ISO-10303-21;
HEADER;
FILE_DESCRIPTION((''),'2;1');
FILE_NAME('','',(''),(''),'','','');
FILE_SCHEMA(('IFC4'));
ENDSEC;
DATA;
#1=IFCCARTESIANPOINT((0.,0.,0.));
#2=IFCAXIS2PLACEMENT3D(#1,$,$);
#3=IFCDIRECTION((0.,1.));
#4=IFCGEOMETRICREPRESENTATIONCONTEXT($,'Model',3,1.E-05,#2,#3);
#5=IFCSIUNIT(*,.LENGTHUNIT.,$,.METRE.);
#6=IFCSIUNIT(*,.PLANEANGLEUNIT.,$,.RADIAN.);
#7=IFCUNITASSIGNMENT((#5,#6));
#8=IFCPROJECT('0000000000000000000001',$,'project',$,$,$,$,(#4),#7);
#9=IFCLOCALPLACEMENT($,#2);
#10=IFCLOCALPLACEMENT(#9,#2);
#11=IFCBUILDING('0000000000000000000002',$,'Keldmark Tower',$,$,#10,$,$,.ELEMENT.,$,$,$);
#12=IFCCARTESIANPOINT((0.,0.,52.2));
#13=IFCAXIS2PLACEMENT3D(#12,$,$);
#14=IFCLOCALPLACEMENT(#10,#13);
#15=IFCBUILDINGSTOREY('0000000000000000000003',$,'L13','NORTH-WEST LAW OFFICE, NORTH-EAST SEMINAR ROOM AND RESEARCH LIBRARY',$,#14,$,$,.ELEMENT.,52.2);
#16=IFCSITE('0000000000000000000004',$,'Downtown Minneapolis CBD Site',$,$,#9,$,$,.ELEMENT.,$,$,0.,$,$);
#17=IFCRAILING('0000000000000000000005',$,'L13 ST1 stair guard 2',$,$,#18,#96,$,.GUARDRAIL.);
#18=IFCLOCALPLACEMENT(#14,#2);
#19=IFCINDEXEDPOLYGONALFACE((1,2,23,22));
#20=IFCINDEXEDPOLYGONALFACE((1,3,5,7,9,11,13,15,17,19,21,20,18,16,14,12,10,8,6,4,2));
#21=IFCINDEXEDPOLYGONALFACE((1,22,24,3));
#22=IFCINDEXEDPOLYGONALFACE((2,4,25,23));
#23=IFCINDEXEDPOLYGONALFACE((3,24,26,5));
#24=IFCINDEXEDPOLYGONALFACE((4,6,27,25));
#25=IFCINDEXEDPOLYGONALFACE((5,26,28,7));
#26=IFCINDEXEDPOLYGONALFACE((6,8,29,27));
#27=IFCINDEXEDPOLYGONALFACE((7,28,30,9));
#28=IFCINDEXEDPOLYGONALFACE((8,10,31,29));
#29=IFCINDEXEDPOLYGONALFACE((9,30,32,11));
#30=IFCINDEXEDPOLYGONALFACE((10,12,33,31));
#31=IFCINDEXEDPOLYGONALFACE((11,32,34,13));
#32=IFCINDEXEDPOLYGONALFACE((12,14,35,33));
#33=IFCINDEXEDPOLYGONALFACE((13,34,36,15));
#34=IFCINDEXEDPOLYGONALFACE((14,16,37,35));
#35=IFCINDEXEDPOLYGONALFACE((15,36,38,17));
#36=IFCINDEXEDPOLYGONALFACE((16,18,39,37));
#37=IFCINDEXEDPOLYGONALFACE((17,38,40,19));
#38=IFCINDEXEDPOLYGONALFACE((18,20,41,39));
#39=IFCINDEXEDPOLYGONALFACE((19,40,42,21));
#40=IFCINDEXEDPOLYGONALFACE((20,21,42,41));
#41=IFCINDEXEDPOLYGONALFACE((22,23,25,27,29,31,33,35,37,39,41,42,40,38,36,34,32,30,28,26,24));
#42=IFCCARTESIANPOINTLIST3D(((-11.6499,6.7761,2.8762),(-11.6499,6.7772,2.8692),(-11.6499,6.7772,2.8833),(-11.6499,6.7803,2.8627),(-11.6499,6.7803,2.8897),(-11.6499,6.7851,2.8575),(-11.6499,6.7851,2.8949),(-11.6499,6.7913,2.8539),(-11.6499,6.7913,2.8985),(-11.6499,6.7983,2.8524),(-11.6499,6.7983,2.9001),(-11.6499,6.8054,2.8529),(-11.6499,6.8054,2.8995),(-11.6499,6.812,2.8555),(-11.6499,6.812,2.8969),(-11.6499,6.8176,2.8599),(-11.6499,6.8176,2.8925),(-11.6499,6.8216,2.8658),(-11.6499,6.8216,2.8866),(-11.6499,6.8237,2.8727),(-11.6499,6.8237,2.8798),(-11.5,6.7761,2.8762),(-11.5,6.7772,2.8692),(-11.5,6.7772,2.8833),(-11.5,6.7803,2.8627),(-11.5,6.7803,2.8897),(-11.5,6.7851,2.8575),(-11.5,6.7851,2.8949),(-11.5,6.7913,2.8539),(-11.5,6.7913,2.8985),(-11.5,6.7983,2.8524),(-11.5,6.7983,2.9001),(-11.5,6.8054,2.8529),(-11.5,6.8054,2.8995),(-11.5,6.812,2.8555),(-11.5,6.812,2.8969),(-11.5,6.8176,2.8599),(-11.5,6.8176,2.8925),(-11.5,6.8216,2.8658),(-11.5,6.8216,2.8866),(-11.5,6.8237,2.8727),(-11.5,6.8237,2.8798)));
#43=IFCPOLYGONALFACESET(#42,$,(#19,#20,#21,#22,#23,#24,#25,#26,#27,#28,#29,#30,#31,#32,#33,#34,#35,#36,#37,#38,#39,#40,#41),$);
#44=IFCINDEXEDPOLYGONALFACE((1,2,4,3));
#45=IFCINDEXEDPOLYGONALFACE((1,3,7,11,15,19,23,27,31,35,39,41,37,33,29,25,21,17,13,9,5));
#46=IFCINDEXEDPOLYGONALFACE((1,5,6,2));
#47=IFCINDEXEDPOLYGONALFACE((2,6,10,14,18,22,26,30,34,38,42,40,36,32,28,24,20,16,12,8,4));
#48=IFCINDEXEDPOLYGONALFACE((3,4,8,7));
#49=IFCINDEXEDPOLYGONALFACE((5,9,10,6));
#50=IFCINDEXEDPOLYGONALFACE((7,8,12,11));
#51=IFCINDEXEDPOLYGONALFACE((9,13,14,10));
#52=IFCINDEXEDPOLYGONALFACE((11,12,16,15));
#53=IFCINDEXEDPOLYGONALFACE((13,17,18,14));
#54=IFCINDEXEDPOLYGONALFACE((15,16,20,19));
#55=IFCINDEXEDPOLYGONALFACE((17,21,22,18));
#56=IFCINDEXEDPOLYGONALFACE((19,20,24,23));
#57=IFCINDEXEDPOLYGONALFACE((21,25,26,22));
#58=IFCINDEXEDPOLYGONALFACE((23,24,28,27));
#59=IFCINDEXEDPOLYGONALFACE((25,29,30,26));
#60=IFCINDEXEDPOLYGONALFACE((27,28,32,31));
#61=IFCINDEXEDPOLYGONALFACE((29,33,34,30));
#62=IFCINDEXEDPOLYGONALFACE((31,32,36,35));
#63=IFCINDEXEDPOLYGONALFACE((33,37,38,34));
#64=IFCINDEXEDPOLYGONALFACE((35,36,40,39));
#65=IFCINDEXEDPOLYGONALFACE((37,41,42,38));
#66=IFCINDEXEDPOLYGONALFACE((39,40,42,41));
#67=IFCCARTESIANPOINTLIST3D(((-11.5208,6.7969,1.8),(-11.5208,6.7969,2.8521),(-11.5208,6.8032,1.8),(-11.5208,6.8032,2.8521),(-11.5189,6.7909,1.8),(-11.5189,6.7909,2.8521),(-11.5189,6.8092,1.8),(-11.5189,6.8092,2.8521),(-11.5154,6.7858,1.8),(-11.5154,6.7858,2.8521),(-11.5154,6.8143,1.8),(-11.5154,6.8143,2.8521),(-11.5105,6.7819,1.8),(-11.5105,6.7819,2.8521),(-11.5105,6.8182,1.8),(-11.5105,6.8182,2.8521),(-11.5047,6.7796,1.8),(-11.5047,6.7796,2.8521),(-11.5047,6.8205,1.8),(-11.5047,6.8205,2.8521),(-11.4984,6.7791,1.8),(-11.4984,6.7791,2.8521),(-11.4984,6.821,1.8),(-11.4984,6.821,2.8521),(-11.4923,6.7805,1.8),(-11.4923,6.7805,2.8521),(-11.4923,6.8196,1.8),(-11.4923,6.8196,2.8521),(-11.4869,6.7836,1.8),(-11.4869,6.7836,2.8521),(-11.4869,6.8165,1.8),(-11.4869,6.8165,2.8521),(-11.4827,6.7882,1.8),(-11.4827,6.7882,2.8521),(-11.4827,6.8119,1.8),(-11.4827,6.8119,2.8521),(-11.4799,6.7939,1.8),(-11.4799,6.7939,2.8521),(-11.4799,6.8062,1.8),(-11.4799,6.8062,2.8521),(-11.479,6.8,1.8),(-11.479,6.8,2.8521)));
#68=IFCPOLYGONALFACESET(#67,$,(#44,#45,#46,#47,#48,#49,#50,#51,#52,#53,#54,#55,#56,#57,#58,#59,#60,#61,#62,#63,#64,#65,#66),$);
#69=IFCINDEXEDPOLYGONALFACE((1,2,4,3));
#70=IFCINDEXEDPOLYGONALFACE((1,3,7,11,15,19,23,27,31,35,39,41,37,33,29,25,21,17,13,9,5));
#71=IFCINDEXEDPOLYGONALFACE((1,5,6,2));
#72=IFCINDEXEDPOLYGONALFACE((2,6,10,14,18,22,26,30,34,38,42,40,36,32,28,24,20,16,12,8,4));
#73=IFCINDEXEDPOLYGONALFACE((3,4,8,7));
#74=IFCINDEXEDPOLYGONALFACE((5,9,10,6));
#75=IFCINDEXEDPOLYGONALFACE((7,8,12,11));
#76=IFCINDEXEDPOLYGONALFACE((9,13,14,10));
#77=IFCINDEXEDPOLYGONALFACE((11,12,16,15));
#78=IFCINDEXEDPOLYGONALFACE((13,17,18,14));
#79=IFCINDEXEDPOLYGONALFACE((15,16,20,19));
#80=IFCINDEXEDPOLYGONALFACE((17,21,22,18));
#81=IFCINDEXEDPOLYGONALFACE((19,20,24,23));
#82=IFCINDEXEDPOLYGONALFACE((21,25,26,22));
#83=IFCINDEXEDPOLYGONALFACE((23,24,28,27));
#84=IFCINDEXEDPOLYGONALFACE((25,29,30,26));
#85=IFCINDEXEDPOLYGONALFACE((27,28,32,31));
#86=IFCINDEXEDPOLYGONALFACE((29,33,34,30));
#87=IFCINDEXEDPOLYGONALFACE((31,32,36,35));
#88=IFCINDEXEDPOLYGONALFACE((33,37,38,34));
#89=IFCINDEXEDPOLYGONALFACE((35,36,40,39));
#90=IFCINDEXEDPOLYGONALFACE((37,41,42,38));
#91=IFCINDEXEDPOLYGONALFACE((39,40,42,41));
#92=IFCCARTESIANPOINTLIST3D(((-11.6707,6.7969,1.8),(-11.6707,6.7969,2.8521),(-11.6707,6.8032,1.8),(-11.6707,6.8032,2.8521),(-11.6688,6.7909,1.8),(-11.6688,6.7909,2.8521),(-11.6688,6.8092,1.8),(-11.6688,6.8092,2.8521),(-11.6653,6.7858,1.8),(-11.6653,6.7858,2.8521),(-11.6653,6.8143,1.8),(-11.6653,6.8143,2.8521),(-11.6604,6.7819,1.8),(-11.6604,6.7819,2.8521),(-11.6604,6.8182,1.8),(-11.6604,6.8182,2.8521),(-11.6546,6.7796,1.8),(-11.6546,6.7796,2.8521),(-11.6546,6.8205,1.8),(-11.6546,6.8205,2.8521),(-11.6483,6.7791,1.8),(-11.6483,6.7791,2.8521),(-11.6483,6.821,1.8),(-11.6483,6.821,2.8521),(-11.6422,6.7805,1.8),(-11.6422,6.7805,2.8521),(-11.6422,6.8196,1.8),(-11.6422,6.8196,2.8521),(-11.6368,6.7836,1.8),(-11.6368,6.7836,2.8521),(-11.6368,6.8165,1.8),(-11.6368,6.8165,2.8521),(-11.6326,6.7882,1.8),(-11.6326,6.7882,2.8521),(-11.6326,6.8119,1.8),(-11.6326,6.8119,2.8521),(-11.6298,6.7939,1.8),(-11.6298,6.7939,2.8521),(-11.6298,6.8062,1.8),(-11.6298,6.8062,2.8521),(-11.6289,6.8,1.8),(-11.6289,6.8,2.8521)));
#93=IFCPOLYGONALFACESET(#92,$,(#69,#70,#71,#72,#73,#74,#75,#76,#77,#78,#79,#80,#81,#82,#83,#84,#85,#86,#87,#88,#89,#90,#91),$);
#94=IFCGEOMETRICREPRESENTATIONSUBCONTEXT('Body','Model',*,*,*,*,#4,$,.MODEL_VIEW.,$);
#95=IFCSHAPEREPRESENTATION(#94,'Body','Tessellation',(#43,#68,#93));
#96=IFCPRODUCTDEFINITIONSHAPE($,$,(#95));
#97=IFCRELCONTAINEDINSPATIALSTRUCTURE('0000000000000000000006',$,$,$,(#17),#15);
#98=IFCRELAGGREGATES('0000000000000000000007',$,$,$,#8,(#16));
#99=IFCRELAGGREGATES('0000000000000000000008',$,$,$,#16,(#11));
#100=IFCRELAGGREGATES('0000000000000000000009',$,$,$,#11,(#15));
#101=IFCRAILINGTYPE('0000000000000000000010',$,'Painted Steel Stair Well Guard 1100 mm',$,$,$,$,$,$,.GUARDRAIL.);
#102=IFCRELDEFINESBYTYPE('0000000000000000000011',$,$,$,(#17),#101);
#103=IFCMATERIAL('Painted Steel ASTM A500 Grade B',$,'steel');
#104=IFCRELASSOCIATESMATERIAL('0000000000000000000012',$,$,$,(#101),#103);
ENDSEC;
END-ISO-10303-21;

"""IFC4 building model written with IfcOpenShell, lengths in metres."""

from ifc_helpers import new_model, si_unit, direction, frame, origin, origin_2d, place, context, subcontext, project, spatial, circle, extrude, material, type_object, element, save


model = new_model("IFC4")

# Units and contexts
model_context = context("Model", 3, precision=1e-05, world=origin(), true_north=direction((0.0, 1.0)))
body_context = subcontext(model_context, "Body", "Model", "MODEL_VIEW")
ifc_project = project(units=[si_unit("LENGTHUNIT", "METRE"), si_unit("PLANEANGLEUNIT", "RADIAN")], contexts=[model_context])

# Site, building, storey
site_placement = place(None, origin())
site = spatial("IfcSite", under=ifc_project, at=site_placement, Name="Downtown Minneapolis CBD Site", CompositionType="ELEMENT", RefElevation=0.0)
building_placement = place(site_placement, origin())
building = spatial("IfcBuilding", under=site, at=building_placement, Name="Keldmark Tower", CompositionType="ELEMENT")
storey_placement = place(building_placement, frame((0.0, 0.0, 52.2)))
storey = spatial("IfcBuildingStorey", under=building, at=storey_placement, Name="L13", Description="NORTH-WEST LAW OFFICE, NORTH-EAST SEMINAR ROOM AND RESEARCH LIBRARY", CompositionType="ELEMENT", Elevation=52.2)

# Railing
ifc_material_1 = material(Name="Painted Steel ASTM A500 Grade B", Category="steel")
railing_type_1 = type_object("IfcRailingType", Name="Painted Steel Stair Well Guard 1100 mm", PredefinedType="GUARDRAIL", material=ifc_material_1)
railing_1_placement = place(storey_placement, frame((-11.5, 6.8, 1.8)))
element("IfcRailing", 1, at=railing_1_placement, inside=storey, type_object=railing_type_1, Name="L13 ST1 stair guard 2", PredefinedType="GUARDRAIL", context=body_context, shape_type="SweptSolid", body=[
    extrude(circle(Radius=0.0239, at=origin_2d()), frame((0.0, 0.0, 1.0762), z_axis=(-1.0, 0.0, 0.0), x_axis=(0.0, -1.0, 0.0)), (0.0, 0.0, 1.0), 0.1499),
    extrude(circle(Radius=0.021, at=origin_2d()), origin(), (0.0, 0.0, 1.0), 1.052),
    extrude(circle(Radius=0.021, at=origin_2d()), frame((-0.1499, 0.0, 0.0)), (0.0, 0.0, 1.0), 1.052),
])

save(model, "model.ifc")
